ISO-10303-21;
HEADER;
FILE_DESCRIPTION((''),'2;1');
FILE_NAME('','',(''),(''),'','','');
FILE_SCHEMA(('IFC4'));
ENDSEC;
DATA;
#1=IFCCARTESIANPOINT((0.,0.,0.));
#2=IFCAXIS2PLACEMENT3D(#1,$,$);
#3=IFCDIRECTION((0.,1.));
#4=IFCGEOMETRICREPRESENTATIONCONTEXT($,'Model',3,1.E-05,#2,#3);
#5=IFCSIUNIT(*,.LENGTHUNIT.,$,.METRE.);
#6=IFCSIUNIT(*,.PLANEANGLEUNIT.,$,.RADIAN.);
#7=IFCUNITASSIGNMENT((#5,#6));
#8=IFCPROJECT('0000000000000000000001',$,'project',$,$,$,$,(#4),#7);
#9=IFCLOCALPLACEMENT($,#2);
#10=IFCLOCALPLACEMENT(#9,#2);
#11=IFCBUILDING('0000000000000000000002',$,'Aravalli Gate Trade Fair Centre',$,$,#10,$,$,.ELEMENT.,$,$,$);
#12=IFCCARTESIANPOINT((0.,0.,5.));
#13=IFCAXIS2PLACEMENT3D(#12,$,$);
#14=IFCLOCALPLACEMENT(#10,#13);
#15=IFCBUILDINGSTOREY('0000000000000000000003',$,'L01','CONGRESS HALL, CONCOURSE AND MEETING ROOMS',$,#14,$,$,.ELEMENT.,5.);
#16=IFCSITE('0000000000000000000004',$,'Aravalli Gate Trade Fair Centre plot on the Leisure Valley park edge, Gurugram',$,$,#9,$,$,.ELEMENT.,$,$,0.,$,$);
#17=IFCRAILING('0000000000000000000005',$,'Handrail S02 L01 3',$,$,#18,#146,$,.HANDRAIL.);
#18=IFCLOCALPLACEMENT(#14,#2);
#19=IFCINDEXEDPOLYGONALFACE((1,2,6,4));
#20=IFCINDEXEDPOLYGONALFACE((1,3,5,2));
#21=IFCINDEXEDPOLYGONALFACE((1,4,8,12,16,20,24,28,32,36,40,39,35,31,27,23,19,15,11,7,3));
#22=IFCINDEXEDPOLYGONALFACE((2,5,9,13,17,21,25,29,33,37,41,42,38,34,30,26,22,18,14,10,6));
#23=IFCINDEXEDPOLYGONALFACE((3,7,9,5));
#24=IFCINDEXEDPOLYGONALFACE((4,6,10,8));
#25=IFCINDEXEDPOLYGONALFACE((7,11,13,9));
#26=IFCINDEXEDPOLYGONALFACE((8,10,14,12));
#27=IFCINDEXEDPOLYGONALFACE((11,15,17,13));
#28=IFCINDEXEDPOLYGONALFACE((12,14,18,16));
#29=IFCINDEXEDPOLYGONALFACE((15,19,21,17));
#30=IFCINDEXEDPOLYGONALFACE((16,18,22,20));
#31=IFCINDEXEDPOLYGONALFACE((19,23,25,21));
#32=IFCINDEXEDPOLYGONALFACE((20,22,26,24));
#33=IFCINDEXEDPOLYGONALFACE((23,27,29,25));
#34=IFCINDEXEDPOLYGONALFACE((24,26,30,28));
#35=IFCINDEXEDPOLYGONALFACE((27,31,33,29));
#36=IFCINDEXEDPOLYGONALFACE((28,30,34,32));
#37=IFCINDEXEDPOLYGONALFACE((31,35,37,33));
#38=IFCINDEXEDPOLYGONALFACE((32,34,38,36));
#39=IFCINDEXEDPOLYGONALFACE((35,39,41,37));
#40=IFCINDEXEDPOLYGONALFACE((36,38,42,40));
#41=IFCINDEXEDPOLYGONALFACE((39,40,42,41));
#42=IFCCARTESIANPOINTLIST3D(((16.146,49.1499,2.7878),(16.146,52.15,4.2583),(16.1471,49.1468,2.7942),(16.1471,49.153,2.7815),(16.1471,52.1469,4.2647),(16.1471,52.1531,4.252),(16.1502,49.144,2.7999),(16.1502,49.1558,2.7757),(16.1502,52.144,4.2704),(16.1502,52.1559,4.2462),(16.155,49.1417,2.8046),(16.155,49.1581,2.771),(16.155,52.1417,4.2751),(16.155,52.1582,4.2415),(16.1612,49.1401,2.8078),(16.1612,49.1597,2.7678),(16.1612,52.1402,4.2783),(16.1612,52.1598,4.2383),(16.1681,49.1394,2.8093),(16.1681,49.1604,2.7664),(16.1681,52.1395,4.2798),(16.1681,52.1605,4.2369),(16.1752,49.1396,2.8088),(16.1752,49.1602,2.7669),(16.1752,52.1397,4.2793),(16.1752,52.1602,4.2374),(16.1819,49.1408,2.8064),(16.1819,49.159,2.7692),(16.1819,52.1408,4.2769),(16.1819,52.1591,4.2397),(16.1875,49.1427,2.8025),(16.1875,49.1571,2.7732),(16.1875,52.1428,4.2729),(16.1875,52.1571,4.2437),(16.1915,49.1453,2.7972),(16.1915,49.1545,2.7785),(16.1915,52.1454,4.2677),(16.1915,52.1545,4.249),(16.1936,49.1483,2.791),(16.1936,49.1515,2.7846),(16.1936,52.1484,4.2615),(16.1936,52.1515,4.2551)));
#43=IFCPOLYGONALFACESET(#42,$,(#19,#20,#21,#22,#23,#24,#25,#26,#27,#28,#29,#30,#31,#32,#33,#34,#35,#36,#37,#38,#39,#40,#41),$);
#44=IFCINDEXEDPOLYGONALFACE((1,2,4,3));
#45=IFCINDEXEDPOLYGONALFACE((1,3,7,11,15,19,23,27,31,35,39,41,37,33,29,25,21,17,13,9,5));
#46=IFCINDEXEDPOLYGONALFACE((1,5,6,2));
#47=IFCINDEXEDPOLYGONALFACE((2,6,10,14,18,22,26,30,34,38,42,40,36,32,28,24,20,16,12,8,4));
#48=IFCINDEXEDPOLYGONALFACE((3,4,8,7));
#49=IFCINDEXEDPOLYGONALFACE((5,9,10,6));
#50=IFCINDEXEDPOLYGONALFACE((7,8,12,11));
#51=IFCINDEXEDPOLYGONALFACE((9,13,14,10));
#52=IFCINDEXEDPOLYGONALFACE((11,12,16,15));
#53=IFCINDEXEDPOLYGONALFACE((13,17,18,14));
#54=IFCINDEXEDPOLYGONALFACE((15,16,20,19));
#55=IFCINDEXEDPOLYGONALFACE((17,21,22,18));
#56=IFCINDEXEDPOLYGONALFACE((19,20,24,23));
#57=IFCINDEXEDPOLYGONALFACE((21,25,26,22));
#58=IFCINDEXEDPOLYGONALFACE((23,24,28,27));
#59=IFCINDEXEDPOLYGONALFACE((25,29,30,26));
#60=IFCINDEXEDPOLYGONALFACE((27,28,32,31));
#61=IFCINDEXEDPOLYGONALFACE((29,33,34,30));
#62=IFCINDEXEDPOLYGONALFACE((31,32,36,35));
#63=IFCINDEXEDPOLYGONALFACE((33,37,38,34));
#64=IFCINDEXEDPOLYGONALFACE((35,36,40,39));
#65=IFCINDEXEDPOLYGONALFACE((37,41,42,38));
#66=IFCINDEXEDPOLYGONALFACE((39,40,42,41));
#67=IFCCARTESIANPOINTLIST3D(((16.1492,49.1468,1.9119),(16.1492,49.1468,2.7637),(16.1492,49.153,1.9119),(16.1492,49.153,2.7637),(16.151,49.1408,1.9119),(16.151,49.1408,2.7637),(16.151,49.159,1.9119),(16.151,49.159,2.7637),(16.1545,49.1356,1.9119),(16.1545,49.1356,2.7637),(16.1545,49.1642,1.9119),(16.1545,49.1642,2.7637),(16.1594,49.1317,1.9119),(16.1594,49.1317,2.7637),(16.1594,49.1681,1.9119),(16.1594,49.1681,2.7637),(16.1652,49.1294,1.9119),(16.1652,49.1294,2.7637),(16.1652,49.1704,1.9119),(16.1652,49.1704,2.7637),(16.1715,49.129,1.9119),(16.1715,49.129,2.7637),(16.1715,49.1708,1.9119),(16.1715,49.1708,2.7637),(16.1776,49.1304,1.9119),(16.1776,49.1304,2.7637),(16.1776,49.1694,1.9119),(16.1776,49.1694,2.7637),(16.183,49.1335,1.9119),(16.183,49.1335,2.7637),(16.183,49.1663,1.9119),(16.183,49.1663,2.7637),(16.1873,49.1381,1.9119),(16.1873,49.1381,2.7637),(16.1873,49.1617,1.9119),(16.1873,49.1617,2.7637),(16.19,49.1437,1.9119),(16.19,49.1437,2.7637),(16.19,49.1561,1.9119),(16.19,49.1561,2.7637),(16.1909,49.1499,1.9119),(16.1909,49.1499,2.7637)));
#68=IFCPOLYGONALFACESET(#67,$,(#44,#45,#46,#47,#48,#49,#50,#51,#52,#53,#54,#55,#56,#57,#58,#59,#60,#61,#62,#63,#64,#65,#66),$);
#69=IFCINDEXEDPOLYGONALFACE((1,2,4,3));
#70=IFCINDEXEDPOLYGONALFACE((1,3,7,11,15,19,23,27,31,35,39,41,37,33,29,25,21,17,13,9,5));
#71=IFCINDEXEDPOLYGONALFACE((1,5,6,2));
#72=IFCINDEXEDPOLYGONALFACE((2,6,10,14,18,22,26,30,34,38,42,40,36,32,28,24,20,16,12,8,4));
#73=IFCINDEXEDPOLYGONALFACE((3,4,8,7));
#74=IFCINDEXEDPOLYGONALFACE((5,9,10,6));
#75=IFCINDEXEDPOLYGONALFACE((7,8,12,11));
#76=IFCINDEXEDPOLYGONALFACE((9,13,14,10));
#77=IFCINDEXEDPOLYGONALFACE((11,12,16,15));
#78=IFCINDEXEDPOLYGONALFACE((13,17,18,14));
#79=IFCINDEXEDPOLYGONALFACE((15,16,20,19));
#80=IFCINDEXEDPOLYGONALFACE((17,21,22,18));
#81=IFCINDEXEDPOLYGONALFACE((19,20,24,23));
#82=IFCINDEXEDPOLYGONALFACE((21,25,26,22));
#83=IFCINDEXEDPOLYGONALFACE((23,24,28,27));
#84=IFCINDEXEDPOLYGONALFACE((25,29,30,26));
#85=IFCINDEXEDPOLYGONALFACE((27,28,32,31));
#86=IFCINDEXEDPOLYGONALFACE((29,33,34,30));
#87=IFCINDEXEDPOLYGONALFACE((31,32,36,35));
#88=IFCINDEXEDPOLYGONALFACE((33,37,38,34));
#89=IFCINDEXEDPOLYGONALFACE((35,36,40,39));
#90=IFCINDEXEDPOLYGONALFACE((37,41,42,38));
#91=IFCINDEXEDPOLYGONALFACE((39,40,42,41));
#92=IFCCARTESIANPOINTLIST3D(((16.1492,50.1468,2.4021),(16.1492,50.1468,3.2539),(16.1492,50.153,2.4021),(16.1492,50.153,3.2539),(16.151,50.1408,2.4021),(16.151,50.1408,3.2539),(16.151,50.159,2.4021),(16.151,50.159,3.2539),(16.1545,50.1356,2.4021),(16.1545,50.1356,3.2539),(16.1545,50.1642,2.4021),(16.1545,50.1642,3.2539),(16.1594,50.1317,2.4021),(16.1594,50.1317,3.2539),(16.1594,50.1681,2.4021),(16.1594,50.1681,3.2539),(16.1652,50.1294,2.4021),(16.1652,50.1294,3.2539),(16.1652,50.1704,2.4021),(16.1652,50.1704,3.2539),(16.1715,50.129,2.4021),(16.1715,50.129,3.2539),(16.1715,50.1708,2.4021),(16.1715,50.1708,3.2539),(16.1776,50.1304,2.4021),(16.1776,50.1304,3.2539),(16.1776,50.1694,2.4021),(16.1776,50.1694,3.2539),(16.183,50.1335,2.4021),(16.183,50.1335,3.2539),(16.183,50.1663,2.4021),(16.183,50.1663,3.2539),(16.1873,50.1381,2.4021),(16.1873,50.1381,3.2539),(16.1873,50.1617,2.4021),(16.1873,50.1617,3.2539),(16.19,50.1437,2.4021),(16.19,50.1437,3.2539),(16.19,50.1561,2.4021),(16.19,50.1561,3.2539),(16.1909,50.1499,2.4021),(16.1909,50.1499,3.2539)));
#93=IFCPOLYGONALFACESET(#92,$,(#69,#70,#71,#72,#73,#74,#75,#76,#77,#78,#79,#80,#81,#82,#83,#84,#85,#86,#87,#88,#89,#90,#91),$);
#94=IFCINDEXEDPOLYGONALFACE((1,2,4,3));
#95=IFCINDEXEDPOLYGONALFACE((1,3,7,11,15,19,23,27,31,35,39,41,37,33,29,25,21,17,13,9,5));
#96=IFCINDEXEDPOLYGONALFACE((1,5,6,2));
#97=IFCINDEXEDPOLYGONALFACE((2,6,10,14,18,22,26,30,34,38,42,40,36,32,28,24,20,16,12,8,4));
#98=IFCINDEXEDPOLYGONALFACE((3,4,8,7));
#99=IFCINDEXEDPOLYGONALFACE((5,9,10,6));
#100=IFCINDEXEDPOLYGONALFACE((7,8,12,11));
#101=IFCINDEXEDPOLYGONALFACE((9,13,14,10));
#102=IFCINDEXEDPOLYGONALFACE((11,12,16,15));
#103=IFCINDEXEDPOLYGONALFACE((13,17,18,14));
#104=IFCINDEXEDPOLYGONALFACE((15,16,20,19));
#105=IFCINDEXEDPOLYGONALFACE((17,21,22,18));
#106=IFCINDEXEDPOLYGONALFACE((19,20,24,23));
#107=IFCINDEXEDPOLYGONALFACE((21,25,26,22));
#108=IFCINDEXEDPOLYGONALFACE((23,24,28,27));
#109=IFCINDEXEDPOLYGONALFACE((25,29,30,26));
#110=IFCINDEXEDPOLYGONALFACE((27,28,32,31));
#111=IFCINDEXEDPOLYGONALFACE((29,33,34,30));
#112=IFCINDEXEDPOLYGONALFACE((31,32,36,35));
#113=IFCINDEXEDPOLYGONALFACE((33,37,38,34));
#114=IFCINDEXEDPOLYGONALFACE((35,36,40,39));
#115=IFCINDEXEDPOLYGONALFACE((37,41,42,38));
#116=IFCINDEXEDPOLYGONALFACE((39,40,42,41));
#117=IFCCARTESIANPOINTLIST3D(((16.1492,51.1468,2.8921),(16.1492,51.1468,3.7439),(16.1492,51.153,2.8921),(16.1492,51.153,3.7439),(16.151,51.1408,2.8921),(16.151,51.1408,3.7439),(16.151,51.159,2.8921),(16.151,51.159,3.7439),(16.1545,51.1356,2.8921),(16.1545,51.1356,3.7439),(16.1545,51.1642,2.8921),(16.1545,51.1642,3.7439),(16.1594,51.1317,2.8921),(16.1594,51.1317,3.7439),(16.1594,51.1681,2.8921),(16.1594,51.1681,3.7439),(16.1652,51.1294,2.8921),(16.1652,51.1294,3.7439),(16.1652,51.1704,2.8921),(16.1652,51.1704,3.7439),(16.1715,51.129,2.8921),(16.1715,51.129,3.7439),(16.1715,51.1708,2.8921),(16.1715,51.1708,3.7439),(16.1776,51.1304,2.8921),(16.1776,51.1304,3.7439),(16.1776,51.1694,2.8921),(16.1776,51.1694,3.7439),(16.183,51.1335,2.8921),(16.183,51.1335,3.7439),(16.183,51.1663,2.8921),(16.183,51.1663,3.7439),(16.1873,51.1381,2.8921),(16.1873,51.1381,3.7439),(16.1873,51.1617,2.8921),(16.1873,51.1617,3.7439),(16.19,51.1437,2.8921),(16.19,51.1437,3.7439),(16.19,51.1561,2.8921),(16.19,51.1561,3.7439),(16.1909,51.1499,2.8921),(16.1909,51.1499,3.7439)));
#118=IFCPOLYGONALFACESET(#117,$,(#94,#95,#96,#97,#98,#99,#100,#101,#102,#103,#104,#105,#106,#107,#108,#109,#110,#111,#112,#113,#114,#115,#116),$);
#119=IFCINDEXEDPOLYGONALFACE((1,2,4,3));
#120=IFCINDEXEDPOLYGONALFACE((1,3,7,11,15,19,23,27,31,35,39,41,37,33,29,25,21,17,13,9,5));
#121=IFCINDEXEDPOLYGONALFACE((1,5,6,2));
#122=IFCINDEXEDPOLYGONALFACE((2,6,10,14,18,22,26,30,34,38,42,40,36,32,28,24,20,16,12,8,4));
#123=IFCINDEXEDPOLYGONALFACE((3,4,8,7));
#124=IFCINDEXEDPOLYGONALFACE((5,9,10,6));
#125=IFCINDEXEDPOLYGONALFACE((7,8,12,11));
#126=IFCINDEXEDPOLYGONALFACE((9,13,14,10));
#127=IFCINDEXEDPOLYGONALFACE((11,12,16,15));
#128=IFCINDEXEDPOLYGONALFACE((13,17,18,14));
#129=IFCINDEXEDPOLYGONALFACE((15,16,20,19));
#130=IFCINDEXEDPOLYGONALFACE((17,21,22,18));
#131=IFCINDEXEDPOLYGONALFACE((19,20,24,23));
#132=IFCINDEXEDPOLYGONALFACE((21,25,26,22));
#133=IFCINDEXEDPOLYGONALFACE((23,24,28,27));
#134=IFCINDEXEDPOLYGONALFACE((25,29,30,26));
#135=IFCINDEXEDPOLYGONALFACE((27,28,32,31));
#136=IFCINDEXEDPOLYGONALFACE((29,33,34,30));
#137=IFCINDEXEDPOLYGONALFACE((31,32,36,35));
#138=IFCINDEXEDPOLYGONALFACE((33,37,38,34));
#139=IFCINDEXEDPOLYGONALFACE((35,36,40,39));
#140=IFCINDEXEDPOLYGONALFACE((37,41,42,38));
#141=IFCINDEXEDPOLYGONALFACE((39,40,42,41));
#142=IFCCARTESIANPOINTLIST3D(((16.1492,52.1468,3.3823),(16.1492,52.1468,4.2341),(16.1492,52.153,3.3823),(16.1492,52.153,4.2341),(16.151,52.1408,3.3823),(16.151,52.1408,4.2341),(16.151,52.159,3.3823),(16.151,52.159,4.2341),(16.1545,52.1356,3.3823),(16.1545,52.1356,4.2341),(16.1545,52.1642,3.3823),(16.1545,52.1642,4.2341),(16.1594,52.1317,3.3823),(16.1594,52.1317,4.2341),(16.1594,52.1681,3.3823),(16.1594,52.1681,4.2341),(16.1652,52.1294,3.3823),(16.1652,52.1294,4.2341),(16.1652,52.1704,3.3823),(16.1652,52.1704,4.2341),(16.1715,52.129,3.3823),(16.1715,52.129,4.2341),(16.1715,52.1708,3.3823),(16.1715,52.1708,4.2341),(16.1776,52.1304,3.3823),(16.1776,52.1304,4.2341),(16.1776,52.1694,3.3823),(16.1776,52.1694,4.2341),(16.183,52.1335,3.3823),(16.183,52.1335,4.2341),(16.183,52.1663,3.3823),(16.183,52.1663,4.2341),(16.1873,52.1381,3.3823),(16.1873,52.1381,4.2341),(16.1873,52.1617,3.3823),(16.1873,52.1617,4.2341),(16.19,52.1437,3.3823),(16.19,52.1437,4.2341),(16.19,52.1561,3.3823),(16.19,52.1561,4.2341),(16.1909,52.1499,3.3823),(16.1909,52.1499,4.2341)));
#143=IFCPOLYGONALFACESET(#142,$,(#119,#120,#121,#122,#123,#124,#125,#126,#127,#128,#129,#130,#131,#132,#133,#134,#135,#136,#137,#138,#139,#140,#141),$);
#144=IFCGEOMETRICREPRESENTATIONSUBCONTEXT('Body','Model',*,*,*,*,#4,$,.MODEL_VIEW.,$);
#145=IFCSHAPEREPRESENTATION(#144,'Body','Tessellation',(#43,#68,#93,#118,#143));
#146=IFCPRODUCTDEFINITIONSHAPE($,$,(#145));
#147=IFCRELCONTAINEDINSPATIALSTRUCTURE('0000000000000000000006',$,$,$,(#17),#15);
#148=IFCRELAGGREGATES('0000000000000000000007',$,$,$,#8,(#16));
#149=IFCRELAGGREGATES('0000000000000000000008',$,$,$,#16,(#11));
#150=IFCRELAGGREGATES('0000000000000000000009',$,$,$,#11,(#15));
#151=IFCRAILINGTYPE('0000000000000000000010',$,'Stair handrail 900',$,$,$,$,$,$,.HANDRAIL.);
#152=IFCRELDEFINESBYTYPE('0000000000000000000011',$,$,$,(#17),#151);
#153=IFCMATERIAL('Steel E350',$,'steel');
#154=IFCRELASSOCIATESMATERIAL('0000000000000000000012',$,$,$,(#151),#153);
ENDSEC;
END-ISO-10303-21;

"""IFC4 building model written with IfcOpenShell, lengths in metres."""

from ifc_helpers import new_model, si_unit, direction, frame, origin, origin_2d, place, context, subcontext, project, spatial, circle, extrude, material, type_object, element, save


model = new_model("IFC4")

# Units and contexts
model_context = context("Model", 3, precision=1e-05, world=origin(), true_north=direction((0.0, 1.0)))
body_context = subcontext(model_context, "Body", "Model", "MODEL_VIEW")
ifc_project = project(units=[si_unit("LENGTHUNIT", "METRE"), si_unit("PLANEANGLEUNIT", "RADIAN")], contexts=[model_context])

# Site, building, storey
site_placement = place(None, origin())
site = spatial("IfcSite", under=ifc_project, at=site_placement, Name="Aravalli Gate Trade Fair Centre plot on the Leisure Valley park edge, Gurugram", CompositionType="ELEMENT", RefElevation=0.0)
building_placement = place(site_placement, origin())
building = spatial("IfcBuilding", under=site, at=building_placement, Name="Aravalli Gate Trade Fair Centre", CompositionType="ELEMENT")
storey_placement = place(building_placement, frame((0.0, 0.0, 5.0)))
storey = spatial("IfcBuildingStorey", under=building, at=storey_placement, Name="L01", Description="CONGRESS HALL, CONCOURSE AND MEETING ROOMS", CompositionType="ELEMENT", Elevation=5.0)

# Railing
ifc_material_1 = material(Name="Steel E350", Category="steel")
railing_type = type_object("IfcRailingType", Name="Stair handrail 900", PredefinedType="HANDRAIL", material=ifc_material_1)
for number, where, name in (
    (1, (16.1699, 49.1499, 1.9119), "Handrail S02 L01 3"),
):
    element("IfcRailing", number, at=place(storey_placement, frame(where)), inside=storey, type_object=railing_type, Name=name, PredefinedType="HANDRAIL", context=body_context, shape_type="SweptSolid", body=[
        extrude(circle(Radius=0.0239, at=origin_2d()), frame((0.0, 0.0, 0.876), z_axis=(0.0, 0.897936, 0.440126), x_axis=(-1.0, 0.0, 0.0)), (0.0, 0.0, 1.0), 3.3411),
        extrude(circle(Radius=0.021, at=origin_2d()), origin(), (0.0, 0.0, 1.0), 0.8518),
        extrude(circle(Radius=0.021, at=origin_2d()), frame((0.0, 1.0, 0.4902)), (0.0, 0.0, 1.0), 0.8518),
        extrude(circle(Radius=0.021, at=origin_2d()), frame((0.0, 2.0, 0.9802)), (0.0, 0.0, 1.0), 0.8518),
        extrude(circle(Radius=0.021, at=origin_2d()), frame((0.0, 3.0, 1.4705)), (0.0, 0.0, 1.0), 0.8518),
    ])

save(model, "model.ifc")
